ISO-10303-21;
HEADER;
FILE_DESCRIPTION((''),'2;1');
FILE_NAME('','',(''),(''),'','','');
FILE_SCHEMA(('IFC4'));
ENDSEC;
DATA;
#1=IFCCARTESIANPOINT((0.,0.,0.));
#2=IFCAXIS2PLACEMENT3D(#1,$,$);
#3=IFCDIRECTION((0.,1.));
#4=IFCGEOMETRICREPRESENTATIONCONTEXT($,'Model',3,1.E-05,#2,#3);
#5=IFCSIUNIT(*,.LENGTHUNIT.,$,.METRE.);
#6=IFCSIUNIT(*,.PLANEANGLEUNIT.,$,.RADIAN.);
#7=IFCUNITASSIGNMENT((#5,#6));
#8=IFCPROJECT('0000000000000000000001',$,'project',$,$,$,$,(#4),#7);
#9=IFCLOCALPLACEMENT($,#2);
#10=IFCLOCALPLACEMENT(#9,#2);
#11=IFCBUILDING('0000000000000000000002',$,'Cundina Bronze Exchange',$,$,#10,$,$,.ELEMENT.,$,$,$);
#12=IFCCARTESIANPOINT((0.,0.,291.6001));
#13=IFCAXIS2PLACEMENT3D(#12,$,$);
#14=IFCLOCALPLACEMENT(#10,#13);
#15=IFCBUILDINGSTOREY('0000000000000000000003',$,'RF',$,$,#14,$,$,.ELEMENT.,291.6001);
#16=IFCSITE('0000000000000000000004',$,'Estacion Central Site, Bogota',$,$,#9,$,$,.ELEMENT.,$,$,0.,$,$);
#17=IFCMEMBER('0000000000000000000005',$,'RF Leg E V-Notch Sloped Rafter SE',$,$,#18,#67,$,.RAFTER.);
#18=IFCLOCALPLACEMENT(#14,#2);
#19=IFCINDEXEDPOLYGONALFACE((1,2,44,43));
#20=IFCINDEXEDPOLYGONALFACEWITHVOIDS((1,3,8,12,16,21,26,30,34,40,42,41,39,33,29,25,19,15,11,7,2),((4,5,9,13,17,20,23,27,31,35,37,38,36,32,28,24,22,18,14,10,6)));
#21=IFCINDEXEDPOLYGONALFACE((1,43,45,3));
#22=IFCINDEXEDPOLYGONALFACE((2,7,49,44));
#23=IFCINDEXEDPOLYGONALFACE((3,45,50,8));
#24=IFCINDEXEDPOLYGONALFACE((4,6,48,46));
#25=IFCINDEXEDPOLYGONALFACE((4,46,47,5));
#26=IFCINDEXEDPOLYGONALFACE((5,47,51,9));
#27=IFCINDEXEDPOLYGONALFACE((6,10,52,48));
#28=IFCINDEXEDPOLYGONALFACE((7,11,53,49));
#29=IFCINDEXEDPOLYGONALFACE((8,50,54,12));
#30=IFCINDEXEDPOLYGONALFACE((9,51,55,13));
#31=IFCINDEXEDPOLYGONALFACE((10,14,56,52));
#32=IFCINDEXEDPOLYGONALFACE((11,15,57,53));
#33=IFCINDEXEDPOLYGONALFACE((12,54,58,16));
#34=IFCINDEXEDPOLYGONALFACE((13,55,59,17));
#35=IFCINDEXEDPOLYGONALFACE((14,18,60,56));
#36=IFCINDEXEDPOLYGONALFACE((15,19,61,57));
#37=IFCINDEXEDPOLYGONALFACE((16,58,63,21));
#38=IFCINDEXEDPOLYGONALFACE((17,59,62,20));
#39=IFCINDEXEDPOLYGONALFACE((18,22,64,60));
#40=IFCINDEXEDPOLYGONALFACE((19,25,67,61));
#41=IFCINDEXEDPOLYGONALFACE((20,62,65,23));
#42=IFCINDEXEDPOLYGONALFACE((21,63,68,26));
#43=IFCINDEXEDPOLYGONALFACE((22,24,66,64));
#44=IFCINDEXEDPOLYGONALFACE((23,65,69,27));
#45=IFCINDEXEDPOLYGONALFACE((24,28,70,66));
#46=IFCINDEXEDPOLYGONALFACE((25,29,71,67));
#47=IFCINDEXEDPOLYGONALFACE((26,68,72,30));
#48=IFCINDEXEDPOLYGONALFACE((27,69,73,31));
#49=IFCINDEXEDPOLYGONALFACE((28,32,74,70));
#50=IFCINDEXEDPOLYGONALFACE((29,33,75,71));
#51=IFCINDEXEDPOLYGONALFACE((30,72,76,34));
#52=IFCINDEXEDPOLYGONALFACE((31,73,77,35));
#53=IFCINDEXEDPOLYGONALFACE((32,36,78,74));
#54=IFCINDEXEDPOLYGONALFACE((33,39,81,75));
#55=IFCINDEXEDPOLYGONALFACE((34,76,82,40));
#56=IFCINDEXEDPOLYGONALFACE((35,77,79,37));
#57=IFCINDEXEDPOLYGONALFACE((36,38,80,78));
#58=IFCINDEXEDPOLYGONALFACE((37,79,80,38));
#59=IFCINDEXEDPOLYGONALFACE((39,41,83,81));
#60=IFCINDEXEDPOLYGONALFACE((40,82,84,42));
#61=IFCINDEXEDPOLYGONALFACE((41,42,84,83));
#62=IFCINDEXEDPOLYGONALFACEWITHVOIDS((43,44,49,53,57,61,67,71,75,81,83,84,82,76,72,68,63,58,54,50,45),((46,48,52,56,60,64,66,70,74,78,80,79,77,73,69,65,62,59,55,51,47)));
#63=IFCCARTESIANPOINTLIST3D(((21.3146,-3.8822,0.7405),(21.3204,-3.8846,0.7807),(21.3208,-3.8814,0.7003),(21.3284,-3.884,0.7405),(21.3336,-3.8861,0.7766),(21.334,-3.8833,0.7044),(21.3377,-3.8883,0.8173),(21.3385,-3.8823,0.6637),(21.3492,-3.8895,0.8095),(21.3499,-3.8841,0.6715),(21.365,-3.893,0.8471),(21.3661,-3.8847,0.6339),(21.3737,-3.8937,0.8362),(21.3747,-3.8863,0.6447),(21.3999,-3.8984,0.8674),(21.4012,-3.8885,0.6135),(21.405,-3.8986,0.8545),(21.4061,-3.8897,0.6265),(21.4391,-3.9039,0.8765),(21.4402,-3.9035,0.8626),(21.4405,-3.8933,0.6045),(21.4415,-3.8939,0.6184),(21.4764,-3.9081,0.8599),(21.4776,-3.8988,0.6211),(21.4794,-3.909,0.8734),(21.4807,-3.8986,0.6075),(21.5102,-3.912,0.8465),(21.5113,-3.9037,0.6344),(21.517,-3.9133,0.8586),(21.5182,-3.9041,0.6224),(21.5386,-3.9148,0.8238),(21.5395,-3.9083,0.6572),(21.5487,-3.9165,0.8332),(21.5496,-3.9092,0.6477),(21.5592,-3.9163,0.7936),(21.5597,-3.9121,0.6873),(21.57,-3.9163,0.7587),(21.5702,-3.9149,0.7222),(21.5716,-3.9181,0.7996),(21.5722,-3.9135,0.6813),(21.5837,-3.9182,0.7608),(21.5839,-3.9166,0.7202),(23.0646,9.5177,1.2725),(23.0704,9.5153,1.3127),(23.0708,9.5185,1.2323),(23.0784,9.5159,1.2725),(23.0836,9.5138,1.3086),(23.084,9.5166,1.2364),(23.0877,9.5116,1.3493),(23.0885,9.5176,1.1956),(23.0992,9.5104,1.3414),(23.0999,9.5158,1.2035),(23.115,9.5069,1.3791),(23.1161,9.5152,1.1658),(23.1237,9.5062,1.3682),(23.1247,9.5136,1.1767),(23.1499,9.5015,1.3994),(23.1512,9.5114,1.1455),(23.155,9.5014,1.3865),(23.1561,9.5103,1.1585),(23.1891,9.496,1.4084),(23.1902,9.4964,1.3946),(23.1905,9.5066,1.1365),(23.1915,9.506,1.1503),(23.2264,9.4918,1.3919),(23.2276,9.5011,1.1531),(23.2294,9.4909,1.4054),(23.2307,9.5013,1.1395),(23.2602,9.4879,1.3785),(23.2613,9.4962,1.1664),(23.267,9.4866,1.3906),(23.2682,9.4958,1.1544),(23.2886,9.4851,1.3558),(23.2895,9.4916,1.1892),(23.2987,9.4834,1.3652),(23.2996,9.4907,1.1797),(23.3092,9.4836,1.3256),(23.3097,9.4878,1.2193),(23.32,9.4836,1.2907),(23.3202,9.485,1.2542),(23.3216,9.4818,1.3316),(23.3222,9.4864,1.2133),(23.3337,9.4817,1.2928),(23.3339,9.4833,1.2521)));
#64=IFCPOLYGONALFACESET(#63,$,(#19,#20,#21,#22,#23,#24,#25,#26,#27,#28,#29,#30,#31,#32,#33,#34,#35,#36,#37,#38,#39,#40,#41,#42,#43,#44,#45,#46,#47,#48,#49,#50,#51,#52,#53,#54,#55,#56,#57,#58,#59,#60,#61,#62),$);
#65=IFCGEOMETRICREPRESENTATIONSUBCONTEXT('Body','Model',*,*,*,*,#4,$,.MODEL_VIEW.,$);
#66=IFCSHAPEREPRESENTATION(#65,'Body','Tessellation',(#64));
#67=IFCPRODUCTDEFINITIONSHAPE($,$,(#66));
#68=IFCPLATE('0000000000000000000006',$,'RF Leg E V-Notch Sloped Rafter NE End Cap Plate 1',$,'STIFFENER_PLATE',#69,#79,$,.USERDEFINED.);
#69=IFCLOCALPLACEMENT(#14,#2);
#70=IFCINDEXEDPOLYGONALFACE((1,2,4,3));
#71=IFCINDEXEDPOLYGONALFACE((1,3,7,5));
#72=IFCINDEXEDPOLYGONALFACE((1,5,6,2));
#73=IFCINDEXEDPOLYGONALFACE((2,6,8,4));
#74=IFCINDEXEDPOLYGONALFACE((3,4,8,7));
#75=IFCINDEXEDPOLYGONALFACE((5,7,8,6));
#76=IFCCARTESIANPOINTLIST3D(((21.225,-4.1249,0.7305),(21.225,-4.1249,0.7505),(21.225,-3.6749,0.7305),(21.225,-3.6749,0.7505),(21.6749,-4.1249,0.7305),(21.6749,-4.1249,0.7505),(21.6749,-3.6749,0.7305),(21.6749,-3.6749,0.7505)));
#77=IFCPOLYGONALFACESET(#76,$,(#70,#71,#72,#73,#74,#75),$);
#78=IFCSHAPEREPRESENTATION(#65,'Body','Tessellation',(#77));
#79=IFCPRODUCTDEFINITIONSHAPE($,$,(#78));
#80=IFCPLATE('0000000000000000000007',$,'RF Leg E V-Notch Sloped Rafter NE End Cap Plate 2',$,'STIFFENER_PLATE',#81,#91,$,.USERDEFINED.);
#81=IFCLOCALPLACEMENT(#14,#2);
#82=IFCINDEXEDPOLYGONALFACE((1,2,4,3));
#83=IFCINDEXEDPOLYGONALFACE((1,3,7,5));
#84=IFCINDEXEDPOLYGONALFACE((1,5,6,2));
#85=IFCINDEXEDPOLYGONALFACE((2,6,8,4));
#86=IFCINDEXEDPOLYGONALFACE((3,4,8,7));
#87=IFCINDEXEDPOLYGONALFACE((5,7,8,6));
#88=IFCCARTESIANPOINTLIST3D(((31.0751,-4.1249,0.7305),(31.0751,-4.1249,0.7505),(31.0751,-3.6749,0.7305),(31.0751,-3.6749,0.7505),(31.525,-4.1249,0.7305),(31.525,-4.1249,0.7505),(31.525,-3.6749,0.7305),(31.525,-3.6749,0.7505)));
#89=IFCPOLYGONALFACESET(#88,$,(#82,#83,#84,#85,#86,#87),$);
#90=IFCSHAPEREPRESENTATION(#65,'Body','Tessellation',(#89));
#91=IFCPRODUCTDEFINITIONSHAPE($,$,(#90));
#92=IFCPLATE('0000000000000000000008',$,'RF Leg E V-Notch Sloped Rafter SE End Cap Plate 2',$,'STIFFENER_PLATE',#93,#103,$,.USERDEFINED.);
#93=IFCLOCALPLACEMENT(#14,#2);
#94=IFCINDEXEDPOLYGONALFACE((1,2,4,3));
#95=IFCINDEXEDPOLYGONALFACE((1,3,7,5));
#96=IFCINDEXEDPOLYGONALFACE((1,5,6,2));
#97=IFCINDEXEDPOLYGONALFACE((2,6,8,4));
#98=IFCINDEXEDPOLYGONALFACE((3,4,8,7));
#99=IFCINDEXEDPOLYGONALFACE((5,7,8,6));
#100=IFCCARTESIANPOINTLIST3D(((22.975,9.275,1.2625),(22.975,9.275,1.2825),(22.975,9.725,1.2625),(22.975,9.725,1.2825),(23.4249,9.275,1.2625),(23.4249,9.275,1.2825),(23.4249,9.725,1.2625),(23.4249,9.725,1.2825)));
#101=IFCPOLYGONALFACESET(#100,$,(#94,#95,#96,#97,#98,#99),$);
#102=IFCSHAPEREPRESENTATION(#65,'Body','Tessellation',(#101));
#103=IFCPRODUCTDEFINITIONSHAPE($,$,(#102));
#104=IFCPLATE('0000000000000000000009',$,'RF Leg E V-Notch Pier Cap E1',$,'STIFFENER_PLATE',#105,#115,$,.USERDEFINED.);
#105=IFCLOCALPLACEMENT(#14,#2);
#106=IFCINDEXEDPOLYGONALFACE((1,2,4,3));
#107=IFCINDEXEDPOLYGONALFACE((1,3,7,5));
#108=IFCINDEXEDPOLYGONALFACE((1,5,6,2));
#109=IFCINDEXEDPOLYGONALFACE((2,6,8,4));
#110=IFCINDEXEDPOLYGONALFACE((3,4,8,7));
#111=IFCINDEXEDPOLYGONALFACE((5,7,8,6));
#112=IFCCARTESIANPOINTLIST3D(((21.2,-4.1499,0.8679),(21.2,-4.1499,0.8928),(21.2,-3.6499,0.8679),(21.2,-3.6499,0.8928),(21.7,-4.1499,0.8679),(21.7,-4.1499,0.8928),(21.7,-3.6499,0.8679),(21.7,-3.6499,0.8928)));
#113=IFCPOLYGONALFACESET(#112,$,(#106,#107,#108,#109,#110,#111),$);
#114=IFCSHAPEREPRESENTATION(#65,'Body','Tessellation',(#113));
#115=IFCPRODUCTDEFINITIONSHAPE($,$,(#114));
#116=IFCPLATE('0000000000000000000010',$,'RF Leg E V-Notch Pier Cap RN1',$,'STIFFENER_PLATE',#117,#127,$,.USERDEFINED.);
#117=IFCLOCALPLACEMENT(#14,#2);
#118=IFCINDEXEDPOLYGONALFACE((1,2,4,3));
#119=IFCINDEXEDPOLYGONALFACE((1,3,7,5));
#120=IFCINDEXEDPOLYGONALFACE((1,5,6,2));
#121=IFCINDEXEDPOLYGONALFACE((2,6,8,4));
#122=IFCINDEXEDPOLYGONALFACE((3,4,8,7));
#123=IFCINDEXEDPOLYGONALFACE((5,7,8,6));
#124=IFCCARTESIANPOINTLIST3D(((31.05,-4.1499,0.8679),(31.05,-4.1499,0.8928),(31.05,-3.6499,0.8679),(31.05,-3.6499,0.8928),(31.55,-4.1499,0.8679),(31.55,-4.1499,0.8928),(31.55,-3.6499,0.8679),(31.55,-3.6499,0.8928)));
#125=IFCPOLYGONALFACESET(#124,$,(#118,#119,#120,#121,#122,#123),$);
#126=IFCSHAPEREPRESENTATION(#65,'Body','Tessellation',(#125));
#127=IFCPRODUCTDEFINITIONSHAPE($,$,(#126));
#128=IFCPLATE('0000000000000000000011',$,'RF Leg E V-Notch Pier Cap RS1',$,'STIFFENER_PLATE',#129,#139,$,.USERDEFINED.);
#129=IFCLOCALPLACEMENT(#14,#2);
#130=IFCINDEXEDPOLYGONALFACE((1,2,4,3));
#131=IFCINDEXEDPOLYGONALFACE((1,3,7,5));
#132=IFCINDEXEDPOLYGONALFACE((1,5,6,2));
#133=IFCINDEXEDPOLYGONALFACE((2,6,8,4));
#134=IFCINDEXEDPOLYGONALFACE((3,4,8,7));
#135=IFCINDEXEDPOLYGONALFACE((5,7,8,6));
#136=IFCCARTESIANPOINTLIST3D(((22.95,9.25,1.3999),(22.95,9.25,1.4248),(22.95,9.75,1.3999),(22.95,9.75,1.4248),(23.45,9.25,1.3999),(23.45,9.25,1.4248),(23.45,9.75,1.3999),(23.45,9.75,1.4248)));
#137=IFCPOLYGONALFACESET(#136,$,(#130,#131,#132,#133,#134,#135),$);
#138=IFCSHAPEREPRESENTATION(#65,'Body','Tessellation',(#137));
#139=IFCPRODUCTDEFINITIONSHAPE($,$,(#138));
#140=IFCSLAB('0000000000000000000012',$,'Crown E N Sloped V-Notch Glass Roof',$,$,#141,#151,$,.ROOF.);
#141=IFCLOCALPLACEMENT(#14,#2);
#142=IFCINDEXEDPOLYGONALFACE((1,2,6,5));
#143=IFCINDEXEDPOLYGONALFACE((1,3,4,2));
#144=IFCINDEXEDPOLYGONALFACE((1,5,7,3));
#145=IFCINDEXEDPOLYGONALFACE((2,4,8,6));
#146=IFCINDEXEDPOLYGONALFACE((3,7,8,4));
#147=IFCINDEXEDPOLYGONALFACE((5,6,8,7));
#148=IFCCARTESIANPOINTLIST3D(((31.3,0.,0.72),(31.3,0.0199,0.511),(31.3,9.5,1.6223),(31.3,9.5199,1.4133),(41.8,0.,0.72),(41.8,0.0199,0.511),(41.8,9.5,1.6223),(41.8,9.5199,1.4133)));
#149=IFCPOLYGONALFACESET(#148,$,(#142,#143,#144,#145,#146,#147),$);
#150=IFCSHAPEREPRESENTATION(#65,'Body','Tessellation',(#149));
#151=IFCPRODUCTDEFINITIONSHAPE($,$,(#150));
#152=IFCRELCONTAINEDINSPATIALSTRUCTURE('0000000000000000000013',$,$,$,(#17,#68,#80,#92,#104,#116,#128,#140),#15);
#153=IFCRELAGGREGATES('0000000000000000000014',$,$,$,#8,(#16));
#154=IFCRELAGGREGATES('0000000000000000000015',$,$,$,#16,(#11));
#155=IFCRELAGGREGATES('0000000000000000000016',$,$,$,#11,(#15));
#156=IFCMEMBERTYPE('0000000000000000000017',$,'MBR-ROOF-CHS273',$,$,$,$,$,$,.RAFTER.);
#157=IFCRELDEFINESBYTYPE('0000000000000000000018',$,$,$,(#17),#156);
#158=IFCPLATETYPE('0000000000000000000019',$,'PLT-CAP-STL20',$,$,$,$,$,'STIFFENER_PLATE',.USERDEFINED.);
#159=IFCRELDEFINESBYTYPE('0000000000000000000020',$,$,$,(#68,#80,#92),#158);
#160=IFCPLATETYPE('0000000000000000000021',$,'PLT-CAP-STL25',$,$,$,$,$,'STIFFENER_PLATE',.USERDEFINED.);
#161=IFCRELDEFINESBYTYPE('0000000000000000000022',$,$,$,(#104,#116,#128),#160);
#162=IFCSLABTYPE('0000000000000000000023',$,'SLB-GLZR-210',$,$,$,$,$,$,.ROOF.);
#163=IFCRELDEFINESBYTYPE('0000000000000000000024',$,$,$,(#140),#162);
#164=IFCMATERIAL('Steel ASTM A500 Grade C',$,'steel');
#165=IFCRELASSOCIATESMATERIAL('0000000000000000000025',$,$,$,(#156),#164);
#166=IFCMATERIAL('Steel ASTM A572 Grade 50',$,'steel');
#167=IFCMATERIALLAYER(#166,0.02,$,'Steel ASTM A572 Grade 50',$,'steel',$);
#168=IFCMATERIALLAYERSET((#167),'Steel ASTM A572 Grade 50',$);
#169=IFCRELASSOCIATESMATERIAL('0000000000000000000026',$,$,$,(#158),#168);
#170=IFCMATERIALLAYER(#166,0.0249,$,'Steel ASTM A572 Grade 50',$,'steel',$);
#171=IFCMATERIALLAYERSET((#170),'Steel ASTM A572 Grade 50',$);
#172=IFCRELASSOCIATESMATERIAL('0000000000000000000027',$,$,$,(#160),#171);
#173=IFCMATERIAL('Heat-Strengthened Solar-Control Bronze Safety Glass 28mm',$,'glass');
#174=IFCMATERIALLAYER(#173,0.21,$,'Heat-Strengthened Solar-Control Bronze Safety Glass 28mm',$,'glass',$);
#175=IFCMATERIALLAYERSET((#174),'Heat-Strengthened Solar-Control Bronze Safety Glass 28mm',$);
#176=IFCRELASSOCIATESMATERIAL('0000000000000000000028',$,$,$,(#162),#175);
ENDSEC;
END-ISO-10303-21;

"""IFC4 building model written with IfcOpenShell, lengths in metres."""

from ifc_helpers import new_model, si_unit, direction, frame, origin, origin_2d, place, context, subcontext, project, spatial, polyline, rectangle, hollow_circle, outline, extrude, material, layer, layer_set, material_profile, profile_set, type_object, element, save


model = new_model("IFC4")

# Units and contexts
model_context = context("Model", 3, precision=1e-05, world=origin(), true_north=direction((0.0, 1.0)))
body_context = subcontext(model_context, "Body", "Model", "MODEL_VIEW")
ifc_project = project(units=[si_unit("LENGTHUNIT", "METRE"), si_unit("PLANEANGLEUNIT", "RADIAN")], contexts=[model_context])

# Site, building, storey
site_placement = place(None, origin())
site = spatial("IfcSite", under=ifc_project, at=site_placement, Name="Estacion Central Site, Bogota", CompositionType="ELEMENT", RefElevation=0.0)
building_placement = place(site_placement, origin())
building = spatial("IfcBuilding", under=site, at=building_placement, Name="Cundina Bronze Exchange", CompositionType="ELEMENT")
storey_placement = place(building_placement, frame((0.0, 0.0, 291.6001)))
storey = spatial("IfcBuildingStorey", under=building, at=storey_placement, Name="RF", CompositionType="ELEMENT", Elevation=291.6001)

# Member
ifc_material_1 = material(Name="Steel ASTM A500 Grade C", Category="steel")
ifc_material_profile_1 = material_profile(ifc_material_1, hollow_circle(Radius=0.1365, WallThickness=0.0139, at=origin_2d()), Name="CHS273X14", Category="steel")
ifc_profile_set_1 = profile_set([ifc_material_profile_1], Name="Steel ASTM A500 Grade C")
member_type = type_object("IfcMemberType", Name="MBR-ROOF-CHS273", PredefinedType="RAFTER", material=ifc_profile_set_1)
member_1_placement = place(storey_placement, frame((21.45, -3.8999, 0.7405), z_axis=(0.129398, 0.990812, 0.039336), x_axis=(-0.99158, 0.129498, 0.0)))
element("IfcMember", 1, at=member_1_placement, inside=storey, type_object=member_type, Name="RF Leg E V-Notch Sloped Rafter SE", PredefinedType="RAFTER", context=body_context, shape_type="SweptSolid", body=[
    extrude(hollow_circle(Radius=0.1365, WallThickness=0.0139, at=origin_2d()), origin(), (0.0, 0.0, 1.0), 13.5242),
])

# Plates
ifc_material_2 = material(Name="Steel ASTM A572 Grade 50", Category="steel")
ifc_layer_1 = layer(ifc_material_2, 0.02, Name="Steel ASTM A572 Grade 50", Category="steel")
ifc_layer_set_1 = layer_set([ifc_layer_1], Name="Steel ASTM A572 Grade 50")
plate_type_1 = type_object("IfcPlateType", Name="PLT-CAP-STL20", ElementType="STIFFENER_PLATE", PredefinedType="USERDEFINED", material=ifc_layer_set_1)
for number, where, z_axis, x_axis, name in (
    (2, (21.45, -3.8999, 0.7305), (0.0, 0.0, 1.0), (1.0, 0.0, 0.0), "RF Leg E V-Notch Sloped Rafter NE End Cap Plate 1"),
    (3, (31.3, -3.8999, 0.7305), (0.0, 0.0, 1.0), (1.0, 0.0, 0.0), "RF Leg E V-Notch Sloped Rafter NE End Cap Plate 2"),
    (4, (23.2, 9.5, 1.2625), (0.0, 0.0, 1.0), (1.0, 0.0, 0.0), "RF Leg E V-Notch Sloped Rafter SE End Cap Plate 2"),
):
    element("IfcPlate", number, at=place(storey_placement, frame(where, z_axis=z_axis, x_axis=x_axis)), inside=storey, type_object=plate_type_1, Name=name, ObjectType="STIFFENER_PLATE", PredefinedType="USERDEFINED", context=body_context, shape_type="SweptSolid", body=[
        extrude(rectangle(XDim=0.45, YDim=0.45, at=origin_2d()), origin(), (0.0, 0.0, 1.0), 0.02),
    ])
ifc_layer_2 = layer(ifc_material_2, 0.0249, Name="Steel ASTM A572 Grade 50", Category="steel")
ifc_layer_set_2 = layer_set([ifc_layer_2], Name="Steel ASTM A572 Grade 50")
plate_type_2 = type_object("IfcPlateType", Name="PLT-CAP-STL25", ElementType="STIFFENER_PLATE", PredefinedType="USERDEFINED", material=ifc_layer_set_2)
for number, where, z_axis, x_axis, name in (
    (5, (21.45, -3.8999, 0.8679), (0.0, 0.0, 1.0), (1.0, 0.0, 0.0), "RF Leg E V-Notch Pier Cap E1"),
    (6, (31.3, -3.8999, 0.8679), (0.0, 0.0, 1.0), (1.0, 0.0, 0.0), "RF Leg E V-Notch Pier Cap RN1"),
    (7, (23.2, 9.5, 1.3999), (0.0, 0.0, 1.0), (1.0, 0.0, 0.0), "RF Leg E V-Notch Pier Cap RS1"),
):
    element("IfcPlate", number, at=place(storey_placement, frame(where, z_axis=z_axis, x_axis=x_axis)), inside=storey, type_object=plate_type_2, Name=name, ObjectType="STIFFENER_PLATE", PredefinedType="USERDEFINED", context=body_context, shape_type="SweptSolid", body=[
        extrude(rectangle(XDim=0.5, YDim=0.5, at=origin_2d()), origin(), (0.0, 0.0, 1.0), 0.0249),
    ])

# Slab
ifc_material_3 = material(Name="Heat-Strengthened Solar-Control Bronze Safety Glass 28mm", Category="glass")
ifc_layer_3 = layer(ifc_material_3, 0.21, Name="Heat-Strengthened Solar-Control Bronze Safety Glass 28mm", Category="glass")
ifc_layer_set_3 = layer_set([ifc_layer_3], Name="Heat-Strengthened Solar-Control Bronze Safety Glass 28mm")
slab_type_1 = type_object("IfcSlabType", Name="SLB-GLZR-210", PredefinedType="ROOF", material=ifc_layer_set_3)
slab_1_placement = place(storey_placement, frame((31.3, 0.0, 0.72), z_axis=(0.0, -0.094558, 0.995519), x_axis=(1.0, 0.0, 0.0)))
element("IfcSlab", 8, at=slab_1_placement, inside=storey, type_object=slab_type_1, Name="Crown E N Sloped V-Notch Glass Roof", PredefinedType="ROOF", context=body_context, shape_type="SweptSolid", body=[
    extrude(outline(polyline([(0.0, 0.0), (10.5, 0.0), (10.5, 9.5428), (0.0, 9.5428), (0.0, 0.0)])), origin(), (0.0, 0.0, -1.0), 0.21),
])

save(model, "model.ifc")
